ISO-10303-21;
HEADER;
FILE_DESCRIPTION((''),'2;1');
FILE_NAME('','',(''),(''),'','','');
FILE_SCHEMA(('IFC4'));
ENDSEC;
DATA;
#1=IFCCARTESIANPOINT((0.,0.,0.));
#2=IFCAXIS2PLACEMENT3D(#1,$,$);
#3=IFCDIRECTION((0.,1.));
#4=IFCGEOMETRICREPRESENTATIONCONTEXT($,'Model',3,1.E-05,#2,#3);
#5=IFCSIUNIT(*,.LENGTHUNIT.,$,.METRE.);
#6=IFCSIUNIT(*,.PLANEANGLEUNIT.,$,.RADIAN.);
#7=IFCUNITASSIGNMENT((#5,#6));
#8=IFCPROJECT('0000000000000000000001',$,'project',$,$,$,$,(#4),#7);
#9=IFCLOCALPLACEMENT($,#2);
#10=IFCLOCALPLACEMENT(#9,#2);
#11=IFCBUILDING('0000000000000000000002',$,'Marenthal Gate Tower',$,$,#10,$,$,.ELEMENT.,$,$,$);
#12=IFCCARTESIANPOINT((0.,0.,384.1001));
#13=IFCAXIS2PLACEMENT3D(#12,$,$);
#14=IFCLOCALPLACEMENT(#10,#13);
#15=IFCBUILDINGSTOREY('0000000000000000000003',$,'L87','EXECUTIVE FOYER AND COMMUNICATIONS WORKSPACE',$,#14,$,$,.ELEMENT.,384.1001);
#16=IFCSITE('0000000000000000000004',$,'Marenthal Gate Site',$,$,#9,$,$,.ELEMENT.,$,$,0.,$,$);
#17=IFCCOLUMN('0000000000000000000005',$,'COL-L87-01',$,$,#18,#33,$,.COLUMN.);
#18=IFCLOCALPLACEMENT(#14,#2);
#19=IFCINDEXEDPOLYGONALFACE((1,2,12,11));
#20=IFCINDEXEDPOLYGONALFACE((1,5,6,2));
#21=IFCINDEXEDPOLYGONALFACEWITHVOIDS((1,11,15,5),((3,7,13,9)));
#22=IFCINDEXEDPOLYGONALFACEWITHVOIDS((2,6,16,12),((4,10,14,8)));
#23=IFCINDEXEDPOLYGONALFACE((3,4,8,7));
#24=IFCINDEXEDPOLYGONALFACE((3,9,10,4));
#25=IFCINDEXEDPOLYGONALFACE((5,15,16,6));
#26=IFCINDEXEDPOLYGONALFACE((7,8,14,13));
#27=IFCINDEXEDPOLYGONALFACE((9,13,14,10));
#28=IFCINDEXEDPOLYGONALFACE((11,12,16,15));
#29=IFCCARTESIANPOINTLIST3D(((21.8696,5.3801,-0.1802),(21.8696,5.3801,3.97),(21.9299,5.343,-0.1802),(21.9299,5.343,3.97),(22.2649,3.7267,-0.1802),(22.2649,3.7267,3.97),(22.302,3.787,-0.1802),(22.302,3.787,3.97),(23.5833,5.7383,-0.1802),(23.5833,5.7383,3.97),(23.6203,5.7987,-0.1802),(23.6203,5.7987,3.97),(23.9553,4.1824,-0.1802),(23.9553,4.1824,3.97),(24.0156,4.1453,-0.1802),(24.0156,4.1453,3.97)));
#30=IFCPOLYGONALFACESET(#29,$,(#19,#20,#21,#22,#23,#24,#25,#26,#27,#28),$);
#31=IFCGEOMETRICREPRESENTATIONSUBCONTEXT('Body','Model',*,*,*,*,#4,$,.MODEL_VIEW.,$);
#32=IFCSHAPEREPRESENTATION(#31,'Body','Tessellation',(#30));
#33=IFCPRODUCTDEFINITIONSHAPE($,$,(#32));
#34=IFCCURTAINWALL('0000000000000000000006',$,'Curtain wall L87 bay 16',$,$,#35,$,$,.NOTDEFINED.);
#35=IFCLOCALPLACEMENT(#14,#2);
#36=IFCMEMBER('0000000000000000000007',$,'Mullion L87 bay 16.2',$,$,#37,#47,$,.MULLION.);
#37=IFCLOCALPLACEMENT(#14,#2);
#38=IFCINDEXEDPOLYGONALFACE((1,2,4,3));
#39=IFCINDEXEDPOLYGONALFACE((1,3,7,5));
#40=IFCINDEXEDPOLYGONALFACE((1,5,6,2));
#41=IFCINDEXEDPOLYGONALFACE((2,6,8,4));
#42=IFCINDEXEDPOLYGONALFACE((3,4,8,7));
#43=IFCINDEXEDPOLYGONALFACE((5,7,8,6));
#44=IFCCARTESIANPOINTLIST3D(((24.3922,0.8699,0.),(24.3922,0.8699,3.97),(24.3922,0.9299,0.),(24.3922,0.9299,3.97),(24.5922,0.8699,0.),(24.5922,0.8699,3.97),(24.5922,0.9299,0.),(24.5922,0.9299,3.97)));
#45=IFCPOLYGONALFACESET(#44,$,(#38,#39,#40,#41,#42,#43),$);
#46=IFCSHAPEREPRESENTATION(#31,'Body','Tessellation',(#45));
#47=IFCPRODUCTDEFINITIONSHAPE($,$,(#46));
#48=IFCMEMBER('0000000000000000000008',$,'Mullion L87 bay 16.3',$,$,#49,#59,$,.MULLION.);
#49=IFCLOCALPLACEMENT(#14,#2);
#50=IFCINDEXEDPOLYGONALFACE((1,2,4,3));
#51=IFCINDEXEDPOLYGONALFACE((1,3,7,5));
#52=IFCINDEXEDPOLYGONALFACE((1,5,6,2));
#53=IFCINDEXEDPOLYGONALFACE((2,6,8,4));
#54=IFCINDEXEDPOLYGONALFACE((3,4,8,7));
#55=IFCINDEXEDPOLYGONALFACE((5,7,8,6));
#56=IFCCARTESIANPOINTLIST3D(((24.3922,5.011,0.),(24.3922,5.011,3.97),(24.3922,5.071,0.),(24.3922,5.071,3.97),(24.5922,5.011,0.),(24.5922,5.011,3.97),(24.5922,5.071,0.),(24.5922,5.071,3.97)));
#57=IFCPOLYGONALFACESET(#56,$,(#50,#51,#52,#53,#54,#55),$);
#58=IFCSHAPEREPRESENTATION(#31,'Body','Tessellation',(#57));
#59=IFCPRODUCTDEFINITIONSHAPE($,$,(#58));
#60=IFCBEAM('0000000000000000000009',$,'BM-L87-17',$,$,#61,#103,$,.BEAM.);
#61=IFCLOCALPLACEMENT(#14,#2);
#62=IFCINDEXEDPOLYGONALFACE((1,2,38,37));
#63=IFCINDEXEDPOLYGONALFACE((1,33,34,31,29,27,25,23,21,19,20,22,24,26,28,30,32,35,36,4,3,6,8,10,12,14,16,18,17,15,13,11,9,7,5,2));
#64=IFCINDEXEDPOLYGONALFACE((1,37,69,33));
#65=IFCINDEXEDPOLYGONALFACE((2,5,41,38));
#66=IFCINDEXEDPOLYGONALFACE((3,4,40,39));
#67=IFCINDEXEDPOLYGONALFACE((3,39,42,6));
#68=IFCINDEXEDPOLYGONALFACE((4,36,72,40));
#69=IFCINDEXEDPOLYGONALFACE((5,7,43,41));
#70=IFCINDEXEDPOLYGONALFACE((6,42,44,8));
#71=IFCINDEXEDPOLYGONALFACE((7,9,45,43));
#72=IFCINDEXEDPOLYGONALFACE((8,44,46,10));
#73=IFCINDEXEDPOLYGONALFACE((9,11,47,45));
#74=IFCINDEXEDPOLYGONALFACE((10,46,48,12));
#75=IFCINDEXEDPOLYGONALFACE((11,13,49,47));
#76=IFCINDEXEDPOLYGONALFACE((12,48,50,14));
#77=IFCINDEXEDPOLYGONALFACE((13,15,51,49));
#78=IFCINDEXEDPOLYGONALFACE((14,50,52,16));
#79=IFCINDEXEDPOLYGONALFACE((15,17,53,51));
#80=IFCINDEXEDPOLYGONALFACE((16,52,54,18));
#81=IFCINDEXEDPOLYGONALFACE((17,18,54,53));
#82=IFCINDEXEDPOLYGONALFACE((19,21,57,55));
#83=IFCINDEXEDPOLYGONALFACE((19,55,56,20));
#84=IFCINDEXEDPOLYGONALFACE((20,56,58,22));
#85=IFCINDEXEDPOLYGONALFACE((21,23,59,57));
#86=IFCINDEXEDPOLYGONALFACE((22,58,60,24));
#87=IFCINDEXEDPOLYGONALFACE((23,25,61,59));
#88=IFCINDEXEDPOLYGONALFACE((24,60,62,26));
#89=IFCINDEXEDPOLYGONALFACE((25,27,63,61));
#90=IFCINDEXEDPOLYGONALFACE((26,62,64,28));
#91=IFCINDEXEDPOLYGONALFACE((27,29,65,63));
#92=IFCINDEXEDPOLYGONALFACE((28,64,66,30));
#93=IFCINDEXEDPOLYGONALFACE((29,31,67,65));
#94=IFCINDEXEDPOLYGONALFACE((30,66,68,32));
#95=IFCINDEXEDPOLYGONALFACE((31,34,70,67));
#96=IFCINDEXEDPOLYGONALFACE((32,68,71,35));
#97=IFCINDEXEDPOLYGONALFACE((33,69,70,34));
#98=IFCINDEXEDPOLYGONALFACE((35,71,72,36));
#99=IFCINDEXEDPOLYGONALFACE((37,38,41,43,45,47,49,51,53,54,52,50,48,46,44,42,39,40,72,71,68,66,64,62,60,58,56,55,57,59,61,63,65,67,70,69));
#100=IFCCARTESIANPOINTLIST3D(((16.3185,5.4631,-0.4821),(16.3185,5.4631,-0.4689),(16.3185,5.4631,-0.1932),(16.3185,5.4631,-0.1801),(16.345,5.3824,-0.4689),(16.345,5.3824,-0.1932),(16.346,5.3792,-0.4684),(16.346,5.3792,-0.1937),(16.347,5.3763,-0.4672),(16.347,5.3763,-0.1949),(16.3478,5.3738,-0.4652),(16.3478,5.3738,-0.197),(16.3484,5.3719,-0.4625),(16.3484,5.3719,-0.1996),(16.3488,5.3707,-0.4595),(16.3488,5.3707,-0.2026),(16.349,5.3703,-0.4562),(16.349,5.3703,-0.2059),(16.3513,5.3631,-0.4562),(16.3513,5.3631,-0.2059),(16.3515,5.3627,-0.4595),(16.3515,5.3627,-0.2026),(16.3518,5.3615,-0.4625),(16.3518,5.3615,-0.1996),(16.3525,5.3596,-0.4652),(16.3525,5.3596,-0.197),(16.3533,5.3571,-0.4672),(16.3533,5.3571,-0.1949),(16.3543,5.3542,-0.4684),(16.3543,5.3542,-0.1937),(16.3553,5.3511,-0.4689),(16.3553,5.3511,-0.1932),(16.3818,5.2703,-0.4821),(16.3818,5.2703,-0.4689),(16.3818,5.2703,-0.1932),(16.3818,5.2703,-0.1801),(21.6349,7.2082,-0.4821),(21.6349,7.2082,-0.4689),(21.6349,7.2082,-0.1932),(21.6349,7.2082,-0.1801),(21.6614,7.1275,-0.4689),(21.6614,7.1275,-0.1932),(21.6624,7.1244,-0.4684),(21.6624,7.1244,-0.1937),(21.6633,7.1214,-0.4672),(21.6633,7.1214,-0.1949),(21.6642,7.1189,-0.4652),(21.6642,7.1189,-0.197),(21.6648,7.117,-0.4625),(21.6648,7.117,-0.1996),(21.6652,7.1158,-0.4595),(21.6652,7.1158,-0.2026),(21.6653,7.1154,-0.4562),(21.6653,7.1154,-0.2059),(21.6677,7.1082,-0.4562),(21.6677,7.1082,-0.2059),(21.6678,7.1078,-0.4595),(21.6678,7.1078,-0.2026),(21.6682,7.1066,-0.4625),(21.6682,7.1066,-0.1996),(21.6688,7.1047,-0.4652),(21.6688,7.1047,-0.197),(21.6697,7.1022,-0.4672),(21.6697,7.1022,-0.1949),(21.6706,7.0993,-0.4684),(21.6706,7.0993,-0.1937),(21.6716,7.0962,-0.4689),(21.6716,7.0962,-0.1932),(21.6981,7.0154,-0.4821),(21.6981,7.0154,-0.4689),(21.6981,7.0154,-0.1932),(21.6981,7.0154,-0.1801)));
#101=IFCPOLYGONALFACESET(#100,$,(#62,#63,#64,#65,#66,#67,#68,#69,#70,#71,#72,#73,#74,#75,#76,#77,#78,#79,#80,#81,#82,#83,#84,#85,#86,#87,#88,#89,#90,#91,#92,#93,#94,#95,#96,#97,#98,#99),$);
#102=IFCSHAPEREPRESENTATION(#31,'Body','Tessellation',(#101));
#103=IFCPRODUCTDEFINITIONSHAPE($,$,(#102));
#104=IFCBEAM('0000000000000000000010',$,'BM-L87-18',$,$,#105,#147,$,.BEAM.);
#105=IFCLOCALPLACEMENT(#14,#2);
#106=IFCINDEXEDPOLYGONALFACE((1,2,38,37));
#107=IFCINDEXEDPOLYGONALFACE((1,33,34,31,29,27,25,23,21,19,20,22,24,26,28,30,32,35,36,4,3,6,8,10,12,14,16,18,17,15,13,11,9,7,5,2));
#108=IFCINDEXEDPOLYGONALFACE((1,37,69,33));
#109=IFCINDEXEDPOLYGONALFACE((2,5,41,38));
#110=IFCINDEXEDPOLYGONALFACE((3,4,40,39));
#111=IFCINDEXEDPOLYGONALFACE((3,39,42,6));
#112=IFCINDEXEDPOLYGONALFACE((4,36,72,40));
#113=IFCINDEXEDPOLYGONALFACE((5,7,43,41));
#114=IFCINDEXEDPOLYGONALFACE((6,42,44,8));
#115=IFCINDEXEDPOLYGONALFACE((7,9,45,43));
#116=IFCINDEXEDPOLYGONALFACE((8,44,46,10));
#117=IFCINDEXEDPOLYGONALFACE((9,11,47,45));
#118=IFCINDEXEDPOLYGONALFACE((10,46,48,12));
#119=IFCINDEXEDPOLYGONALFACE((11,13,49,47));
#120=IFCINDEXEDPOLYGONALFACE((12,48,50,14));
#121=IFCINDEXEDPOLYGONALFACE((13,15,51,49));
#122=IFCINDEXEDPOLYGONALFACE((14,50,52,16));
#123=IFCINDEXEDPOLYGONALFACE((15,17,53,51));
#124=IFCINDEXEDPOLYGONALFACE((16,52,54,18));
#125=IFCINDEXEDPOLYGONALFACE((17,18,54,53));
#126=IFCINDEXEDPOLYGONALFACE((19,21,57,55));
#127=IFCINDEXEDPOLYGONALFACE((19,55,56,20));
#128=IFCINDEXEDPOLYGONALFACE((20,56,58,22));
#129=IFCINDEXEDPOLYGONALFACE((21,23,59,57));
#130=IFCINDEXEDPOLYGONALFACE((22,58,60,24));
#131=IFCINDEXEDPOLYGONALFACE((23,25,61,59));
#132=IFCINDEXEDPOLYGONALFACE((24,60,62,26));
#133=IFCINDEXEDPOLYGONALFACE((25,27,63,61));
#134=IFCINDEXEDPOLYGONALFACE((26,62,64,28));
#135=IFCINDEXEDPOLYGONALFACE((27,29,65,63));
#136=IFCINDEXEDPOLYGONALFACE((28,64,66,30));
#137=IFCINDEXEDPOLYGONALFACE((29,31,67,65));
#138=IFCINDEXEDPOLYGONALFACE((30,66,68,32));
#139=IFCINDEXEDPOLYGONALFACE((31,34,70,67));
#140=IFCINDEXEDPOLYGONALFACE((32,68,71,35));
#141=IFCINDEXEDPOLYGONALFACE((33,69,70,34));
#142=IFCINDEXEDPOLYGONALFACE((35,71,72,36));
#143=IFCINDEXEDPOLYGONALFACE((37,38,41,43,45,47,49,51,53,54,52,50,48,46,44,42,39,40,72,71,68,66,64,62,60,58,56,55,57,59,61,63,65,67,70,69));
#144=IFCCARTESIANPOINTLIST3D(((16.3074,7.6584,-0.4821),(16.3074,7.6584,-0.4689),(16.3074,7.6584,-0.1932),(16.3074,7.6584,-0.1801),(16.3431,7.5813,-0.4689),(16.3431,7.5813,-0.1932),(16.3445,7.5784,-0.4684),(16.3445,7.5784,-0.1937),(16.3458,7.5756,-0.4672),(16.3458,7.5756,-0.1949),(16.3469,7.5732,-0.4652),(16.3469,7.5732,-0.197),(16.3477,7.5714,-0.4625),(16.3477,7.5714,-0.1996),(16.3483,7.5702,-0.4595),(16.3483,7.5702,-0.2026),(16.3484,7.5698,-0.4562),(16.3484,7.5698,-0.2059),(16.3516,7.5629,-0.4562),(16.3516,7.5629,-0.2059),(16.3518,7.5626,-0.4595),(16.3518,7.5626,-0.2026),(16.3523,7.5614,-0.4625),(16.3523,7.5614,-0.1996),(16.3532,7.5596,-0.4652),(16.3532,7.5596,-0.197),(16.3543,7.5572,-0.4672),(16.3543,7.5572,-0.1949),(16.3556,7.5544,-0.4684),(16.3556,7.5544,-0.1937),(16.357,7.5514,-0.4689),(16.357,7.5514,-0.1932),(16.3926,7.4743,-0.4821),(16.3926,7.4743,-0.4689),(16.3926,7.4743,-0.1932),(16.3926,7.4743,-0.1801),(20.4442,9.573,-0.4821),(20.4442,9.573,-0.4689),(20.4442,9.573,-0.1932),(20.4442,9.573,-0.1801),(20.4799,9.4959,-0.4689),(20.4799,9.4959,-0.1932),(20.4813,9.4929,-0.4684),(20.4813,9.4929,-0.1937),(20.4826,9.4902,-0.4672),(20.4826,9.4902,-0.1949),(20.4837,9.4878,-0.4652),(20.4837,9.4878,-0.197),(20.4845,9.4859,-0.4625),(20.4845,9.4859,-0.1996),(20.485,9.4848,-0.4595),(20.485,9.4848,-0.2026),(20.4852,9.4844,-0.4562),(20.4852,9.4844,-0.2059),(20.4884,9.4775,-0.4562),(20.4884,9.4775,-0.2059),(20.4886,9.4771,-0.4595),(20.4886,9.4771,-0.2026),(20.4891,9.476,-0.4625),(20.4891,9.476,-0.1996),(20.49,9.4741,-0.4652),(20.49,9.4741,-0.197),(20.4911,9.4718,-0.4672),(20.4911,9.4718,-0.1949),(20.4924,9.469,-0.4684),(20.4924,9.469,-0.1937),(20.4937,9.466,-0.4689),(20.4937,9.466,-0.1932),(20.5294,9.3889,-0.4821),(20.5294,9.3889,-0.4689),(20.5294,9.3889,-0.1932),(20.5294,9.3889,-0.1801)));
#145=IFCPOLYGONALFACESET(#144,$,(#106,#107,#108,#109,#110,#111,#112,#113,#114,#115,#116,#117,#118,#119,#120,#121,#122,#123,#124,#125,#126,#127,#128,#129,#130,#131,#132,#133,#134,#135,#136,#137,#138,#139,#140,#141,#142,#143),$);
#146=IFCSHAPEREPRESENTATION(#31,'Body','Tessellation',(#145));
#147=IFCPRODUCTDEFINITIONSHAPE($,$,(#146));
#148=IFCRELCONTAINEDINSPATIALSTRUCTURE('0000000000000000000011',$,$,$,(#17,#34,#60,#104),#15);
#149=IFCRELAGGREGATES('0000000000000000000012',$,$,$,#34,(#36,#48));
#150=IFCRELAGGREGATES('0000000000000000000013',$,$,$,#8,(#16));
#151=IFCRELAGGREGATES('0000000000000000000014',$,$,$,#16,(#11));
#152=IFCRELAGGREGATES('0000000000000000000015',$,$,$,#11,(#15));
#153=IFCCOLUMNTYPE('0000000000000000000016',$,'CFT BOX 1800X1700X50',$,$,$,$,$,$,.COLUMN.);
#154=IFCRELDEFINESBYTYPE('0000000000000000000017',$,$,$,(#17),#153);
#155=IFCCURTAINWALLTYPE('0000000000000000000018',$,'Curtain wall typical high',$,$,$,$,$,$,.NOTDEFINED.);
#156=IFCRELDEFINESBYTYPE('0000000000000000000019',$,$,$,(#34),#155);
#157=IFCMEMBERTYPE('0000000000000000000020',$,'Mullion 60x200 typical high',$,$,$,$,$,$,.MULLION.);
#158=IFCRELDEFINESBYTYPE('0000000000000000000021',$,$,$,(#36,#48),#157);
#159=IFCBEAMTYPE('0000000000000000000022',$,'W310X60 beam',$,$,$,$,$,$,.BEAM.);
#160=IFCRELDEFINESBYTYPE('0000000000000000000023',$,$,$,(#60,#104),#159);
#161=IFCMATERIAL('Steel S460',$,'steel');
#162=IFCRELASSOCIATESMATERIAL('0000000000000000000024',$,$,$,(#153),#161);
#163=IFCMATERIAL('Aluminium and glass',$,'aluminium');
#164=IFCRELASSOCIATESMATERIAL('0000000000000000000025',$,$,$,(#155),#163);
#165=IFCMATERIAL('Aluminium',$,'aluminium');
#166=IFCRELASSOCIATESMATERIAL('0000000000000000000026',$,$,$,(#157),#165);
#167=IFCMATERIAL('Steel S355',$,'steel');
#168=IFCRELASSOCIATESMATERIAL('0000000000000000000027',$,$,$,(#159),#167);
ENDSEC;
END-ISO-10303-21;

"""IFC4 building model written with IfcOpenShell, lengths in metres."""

from ifc_helpers import new_model, si_unit, direction, frame, origin, origin_2d, place, context, subcontext, project, spatial, rectangle, hollow_rectangle, i_section, extrude, material, material_profile, profile_set, type_object, element, aggregate, save


model = new_model("IFC4")

# Units and contexts
model_context = context("Model", 3, precision=1e-05, world=origin(), true_north=direction((0.0, 1.0)))
body_context = subcontext(model_context, "Body", "Model", "MODEL_VIEW")
ifc_project = project(units=[si_unit("LENGTHUNIT", "METRE"), si_unit("PLANEANGLEUNIT", "RADIAN")], contexts=[model_context])

# Site, building, storey
site_placement = place(None, origin())
site = spatial("IfcSite", under=ifc_project, at=site_placement, Name="Marenthal Gate Site", CompositionType="ELEMENT", RefElevation=0.0)
building_placement = place(site_placement, origin())
building = spatial("IfcBuilding", under=site, at=building_placement, Name="Marenthal Gate Tower", CompositionType="ELEMENT")
storey_placement = place(building_placement, frame((0.0, 0.0, 384.1001)))
storey = spatial("IfcBuildingStorey", under=building, at=storey_placement, Name="L87", Description="EXECUTIVE FOYER AND COMMUNICATIONS WORKSPACE", CompositionType="ELEMENT", Elevation=384.1001)

# Column
ifc_material_1 = material(Name="Steel S460", Category="steel")
ifc_material_profile_1 = material_profile(ifc_material_1, hollow_rectangle(XDim=1.7, YDim=1.8, WallThickness=0.05, at=origin_2d()), Name="CFT BOX 1800X1700X50")
ifc_material_2 = material(Name="Concrete 70 MPa", Category="concrete")
ifc_material_profile_2 = material_profile(ifc_material_2, rectangle(XDim=1.6001, YDim=1.7, at=origin_2d()), Name="CFT BOX 1800X1700X50 INFILL")
ifc_profile_set_1 = profile_set([ifc_material_profile_1, ifc_material_profile_2], Name="Steel S460 shell, Concrete 70 MPa infill")
column_type = type_object("IfcColumnType", Name="CFT BOX 1800X1700X50", PredefinedType="COLUMN", material=ifc_profile_set_1)
column_placement = place(storey_placement, frame((22.9426, 4.7627, -0.1802), z_axis=(0.0, 0.0, 1.0), x_axis=(0.232542, -0.972586, 0.0)))
element("IfcColumn", 1, at=column_placement, inside=storey, type_object=column_type, Name="COL-L87-01", PredefinedType="COLUMN", context=body_context, shape_type="SweptSolid", body=[
    extrude(hollow_rectangle(XDim=1.7, YDim=1.8, WallThickness=0.05, at=origin_2d()), origin(), (0.0, 0.0, 1.0), 4.1501),
])

# Curtain wall, members
ifc_material_3 = material(Name="Aluminium and glass", Category="aluminium")
curtain_wall_type = type_object("IfcCurtainWallType", Name="Curtain wall typical high", PredefinedType="NOTDEFINED", material=ifc_material_3)
curtain_wall_placement = place(storey_placement, origin())
curtain_wall = element("IfcCurtainWall", 2, at=curtain_wall_placement, inside=storey, type_object=curtain_wall_type, Name="Curtain wall L87 bay 16", PredefinedType="NOTDEFINED")
ifc_material_4 = material(Name="Aluminium", Category="aluminium")
ifc_material_profile_3 = material_profile(ifc_material_4, rectangle(XDim=0.2, YDim=0.0601, at=origin_2d()), Name="60x200 aluminium mullion")
ifc_profile_set_2 = profile_set([ifc_material_profile_3], Name="Aluminium")
member_type = type_object("IfcMemberType", Name="Mullion 60x200 typical high", PredefinedType="MULLION", material=ifc_profile_set_2)
member_1_placement = place(storey_placement, frame((24.4922, 0.8999, 0.0), z_axis=(0.0, 0.0, 1.0), x_axis=(-1.0, 0.0, 0.0)))
member_1 = element("IfcMember", 3, at=member_1_placement, type_object=member_type, Name="Mullion L87 bay 16.2", PredefinedType="MULLION", context=body_context, shape_type="SweptSolid", body=[
    extrude(rectangle(XDim=0.2, YDim=0.0601, at=origin_2d()), origin(), (0.0, 0.0, 1.0), 3.97),
])
member_2_placement = place(storey_placement, frame((24.4922, 5.041, 0.0), z_axis=(0.0, 0.0, 1.0), x_axis=(-1.0, 0.0, 0.0)))
member_2 = element("IfcMember", 4, at=member_2_placement, type_object=member_type, Name="Mullion L87 bay 16.3", PredefinedType="MULLION", context=body_context, shape_type="SweptSolid", body=[
    extrude(rectangle(XDim=0.2, YDim=0.0601, at=origin_2d()), origin(), (0.0, 0.0, 1.0), 3.97),
])

# Beams
ifc_material_5 = material(Name="Steel S355", Category="steel")
ifc_material_profile_4 = material_profile(ifc_material_5, i_section(OverallWidth=0.2029, OverallDepth=0.302, WebThickness=0.0076, FlangeThickness=0.0132, FilletRadius=0.0127, at=origin_2d()), Name="W310X60")
ifc_profile_set_3 = profile_set([ifc_material_profile_4], Name="Steel S355")
beam_type_1 = type_object("IfcBeamType", Name="W310X60 beam", PredefinedType="BEAM", material=ifc_profile_set_3)
beam_1_placement = place(storey_placement, frame((21.6665, 7.1118, -0.3311), z_axis=(-0.950122, -0.311879, 0.0), x_axis=(0.311879, -0.950122, 0.0)))
element("IfcBeam", 5, at=beam_1_placement, inside=storey, type_object=beam_type_1, Name="BM-L87-17", PredefinedType="BEAM", context=body_context, shape_type="SweptSolid", body=[
    extrude(i_section(OverallWidth=0.2029, OverallDepth=0.302, WebThickness=0.0076, FlangeThickness=0.0132, FilletRadius=0.0127, at=origin_2d()), origin(), (0.0, 0.0, 1.0), 5.5955),
])
beam_2_placement = place(storey_placement, frame((20.4868, 9.481, -0.3311), z_axis=(-0.907517, -0.420016, 0.0), x_axis=(0.420016, -0.907517, 0.0)))
element("IfcBeam", 6, at=beam_2_placement, inside=storey, type_object=beam_type_1, Name="BM-L87-18", PredefinedType="BEAM", context=body_context, shape_type="SweptSolid", body=[
    extrude(i_section(OverallWidth=0.2029, OverallDepth=0.302, WebThickness=0.0076, FlangeThickness=0.0132, FilletRadius=0.0127, at=origin_2d()), origin(), (0.0, 0.0, 1.0), 4.5583),
])

aggregate(curtain_wall, [member_1, member_2])

save(model, "model.ifc")
